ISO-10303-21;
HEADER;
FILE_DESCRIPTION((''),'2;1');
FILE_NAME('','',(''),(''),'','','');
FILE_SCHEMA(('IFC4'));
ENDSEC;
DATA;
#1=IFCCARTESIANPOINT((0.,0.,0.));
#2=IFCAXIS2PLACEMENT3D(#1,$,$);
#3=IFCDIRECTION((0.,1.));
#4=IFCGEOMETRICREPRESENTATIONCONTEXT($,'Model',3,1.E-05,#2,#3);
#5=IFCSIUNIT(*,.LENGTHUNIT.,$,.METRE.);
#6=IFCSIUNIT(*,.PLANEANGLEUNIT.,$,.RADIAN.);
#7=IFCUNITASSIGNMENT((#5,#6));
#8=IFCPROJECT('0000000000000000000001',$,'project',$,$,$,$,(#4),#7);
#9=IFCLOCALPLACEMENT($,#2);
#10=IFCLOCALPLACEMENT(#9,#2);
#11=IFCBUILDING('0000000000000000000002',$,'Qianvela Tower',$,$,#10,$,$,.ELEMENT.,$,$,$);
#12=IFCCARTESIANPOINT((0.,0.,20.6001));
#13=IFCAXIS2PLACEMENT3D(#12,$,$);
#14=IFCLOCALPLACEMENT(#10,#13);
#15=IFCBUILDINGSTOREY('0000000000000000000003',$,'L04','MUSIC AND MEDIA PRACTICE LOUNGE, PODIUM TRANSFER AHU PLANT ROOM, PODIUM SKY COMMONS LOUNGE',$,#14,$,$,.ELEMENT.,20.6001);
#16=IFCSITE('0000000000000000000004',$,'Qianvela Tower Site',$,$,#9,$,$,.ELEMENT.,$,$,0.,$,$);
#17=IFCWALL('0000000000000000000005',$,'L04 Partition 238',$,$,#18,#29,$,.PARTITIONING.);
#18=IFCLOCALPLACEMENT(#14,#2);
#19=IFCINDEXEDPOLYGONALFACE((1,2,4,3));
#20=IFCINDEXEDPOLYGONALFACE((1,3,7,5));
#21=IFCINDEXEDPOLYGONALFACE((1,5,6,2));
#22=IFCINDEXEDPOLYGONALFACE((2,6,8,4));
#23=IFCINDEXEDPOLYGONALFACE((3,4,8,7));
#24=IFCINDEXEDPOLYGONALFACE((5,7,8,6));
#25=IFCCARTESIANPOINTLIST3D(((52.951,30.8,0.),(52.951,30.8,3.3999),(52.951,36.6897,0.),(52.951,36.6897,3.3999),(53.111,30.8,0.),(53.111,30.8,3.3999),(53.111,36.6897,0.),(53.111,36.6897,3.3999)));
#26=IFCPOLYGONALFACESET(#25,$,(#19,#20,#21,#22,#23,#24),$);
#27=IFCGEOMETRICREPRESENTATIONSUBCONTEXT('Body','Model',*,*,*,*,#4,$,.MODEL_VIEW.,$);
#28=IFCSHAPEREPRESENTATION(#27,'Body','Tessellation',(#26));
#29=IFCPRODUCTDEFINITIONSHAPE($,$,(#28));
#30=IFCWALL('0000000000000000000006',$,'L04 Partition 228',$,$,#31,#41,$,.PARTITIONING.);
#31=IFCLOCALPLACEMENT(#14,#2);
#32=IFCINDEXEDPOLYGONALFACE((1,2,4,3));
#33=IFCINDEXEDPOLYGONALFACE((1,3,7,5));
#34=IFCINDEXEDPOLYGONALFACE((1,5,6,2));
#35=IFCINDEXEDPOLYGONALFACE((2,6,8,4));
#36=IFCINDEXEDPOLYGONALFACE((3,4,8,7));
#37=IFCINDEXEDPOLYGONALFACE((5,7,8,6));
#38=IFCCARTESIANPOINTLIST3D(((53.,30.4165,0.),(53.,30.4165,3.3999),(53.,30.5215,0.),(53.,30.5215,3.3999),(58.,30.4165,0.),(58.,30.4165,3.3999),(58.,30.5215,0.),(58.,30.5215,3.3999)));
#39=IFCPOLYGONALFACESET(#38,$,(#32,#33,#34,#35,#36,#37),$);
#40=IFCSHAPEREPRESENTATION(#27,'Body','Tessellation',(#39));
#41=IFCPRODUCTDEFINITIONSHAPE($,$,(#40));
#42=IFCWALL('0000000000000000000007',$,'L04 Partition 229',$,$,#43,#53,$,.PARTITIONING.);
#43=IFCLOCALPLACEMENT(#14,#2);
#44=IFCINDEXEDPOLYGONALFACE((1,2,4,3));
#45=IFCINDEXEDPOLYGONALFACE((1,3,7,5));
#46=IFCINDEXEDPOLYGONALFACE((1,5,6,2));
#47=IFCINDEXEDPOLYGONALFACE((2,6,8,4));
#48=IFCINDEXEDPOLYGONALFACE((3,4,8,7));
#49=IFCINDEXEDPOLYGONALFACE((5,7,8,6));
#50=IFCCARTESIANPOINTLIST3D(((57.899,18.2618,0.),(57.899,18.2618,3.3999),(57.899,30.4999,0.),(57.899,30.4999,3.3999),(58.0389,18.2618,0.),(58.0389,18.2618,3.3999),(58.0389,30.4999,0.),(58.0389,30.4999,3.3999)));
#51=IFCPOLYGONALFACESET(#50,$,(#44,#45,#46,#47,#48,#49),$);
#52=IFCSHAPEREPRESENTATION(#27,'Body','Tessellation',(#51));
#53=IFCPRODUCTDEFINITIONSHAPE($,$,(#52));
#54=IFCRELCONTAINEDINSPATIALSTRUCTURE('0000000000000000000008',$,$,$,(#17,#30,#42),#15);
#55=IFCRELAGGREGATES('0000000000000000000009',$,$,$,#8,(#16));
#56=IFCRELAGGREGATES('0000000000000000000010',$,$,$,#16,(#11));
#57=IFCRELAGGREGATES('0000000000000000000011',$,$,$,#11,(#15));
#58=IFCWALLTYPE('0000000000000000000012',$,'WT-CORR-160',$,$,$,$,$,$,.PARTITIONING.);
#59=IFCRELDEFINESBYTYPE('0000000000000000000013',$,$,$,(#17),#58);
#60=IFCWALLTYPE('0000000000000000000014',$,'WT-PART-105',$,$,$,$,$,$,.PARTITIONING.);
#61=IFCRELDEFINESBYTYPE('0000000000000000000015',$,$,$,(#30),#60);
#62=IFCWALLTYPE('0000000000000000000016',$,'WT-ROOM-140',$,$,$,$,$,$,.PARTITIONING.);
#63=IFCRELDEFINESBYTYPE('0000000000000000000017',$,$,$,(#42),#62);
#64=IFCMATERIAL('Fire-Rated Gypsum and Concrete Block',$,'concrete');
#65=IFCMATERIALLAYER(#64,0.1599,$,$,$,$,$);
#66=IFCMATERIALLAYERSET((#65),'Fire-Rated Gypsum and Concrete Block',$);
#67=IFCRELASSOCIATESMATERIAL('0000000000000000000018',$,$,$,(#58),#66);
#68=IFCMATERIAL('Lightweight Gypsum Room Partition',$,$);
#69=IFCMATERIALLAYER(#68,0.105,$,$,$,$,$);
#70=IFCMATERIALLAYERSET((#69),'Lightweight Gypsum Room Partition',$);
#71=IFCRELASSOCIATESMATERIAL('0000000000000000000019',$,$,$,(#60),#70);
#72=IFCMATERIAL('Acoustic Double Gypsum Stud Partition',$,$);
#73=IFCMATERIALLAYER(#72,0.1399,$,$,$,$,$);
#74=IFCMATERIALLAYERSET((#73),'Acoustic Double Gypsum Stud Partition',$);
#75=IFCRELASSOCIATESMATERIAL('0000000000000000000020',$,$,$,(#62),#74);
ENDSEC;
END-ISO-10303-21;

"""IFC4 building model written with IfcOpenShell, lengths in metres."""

from ifc_helpers import new_model, si_unit, direction, frame, frame_2d, origin, place, context, subcontext, project, spatial, rectangle, extrude, material, layer, layer_set, type_object, element, save


model = new_model("IFC4")

# Units and contexts
model_context = context("Model", 3, precision=1e-05, world=origin(), true_north=direction((0.0, 1.0)))
body_context = subcontext(model_context, "Body", "Model", "MODEL_VIEW")
ifc_project = project(units=[si_unit("LENGTHUNIT", "METRE"), si_unit("PLANEANGLEUNIT", "RADIAN")], contexts=[model_context])

# Site, building, storey
site_placement = place(None, origin())
site = spatial("IfcSite", under=ifc_project, at=site_placement, Name="Qianvela Tower Site", CompositionType="ELEMENT", RefElevation=0.0)
building_placement = place(site_placement, origin())
building = spatial("IfcBuilding", under=site, at=building_placement, Name="Qianvela Tower", CompositionType="ELEMENT")
storey_placement = place(building_placement, frame((0.0, 0.0, 20.6001)))
storey = spatial("IfcBuildingStorey", under=building, at=storey_placement, Name="L04", Description="MUSIC AND MEDIA PRACTICE LOUNGE, PODIUM TRANSFER AHU PLANT ROOM, PODIUM SKY COMMONS LOUNGE", CompositionType="ELEMENT", Elevation=20.6001)

# Shared definitions
ifc_material_1 = material(Name="Fire-Rated Gypsum and Concrete Block", Category="concrete")
ifc_layer_1 = layer(ifc_material_1, 0.1599)
ifc_layer_set_1 = layer_set([ifc_layer_1], Name="Fire-Rated Gypsum and Concrete Block")
wall_type_1 = type_object("IfcWallType", Name="WT-CORR-160", PredefinedType="PARTITIONING", material=ifc_layer_set_1)

# Walls
wall_1_placement = place(storey_placement, frame((53.031, 30.8, 0.0), z_axis=(0.0, 0.0, 1.0), x_axis=(0.0, 1.0, 0.0)))
element("IfcWall", 1, at=wall_1_placement, inside=storey, type_object=wall_type_1, Name="L04 Partition 238", PredefinedType="PARTITIONING", context=body_context, shape_type="SweptSolid", body=[
    extrude(rectangle(XDim=5.8896, YDim=0.1599, at=frame_2d((2.9448, 0.0))), origin(), (0.0, 0.0, 1.0), 3.3999),
])
ifc_material_2 = material(Name="Lightweight Gypsum Room Partition")
ifc_layer_2 = layer(ifc_material_2, 0.105)
ifc_layer_set_2 = layer_set([ifc_layer_2], Name="Lightweight Gypsum Room Partition")
wall_type_2 = type_object("IfcWallType", Name="WT-PART-105", PredefinedType="PARTITIONING", material=ifc_layer_set_2)
wall_2_placement = place(storey_placement, frame((53.0, 30.469, 0.0), z_axis=(0.0, 0.0, 1.0), x_axis=(1.0, 0.0, 0.0)))
element("IfcWall", 2, at=wall_2_placement, inside=storey, type_object=wall_type_2, Name="L04 Partition 228", PredefinedType="PARTITIONING", context=body_context, shape_type="SweptSolid", body=[
    extrude(rectangle(XDim=5.0, YDim=0.105, at=frame_2d((2.5, 0.0))), origin(), (0.0, 0.0, 1.0), 3.3999),
])
ifc_material_3 = material(Name="Acoustic Double Gypsum Stud Partition")
ifc_layer_3 = layer(ifc_material_3, 0.1399)
ifc_layer_set_3 = layer_set([ifc_layer_3], Name="Acoustic Double Gypsum Stud Partition")
wall_type_3 = type_object("IfcWallType", Name="WT-ROOM-140", PredefinedType="PARTITIONING", material=ifc_layer_set_3)
wall_3_placement = place(storey_placement, frame((57.969, 30.5, 0.0), z_axis=(0.0, 0.0, 1.0), x_axis=(0.0, -1.0, 0.0)))
element("IfcWall", 3, at=wall_3_placement, inside=storey, type_object=wall_type_3, Name="L04 Partition 229", PredefinedType="PARTITIONING", context=body_context, shape_type="SweptSolid", body=[
    extrude(rectangle(XDim=12.238, YDim=0.1399, at=frame_2d((6.1191, 0.0))), origin(), (0.0, 0.0, 1.0), 3.3999),
])

save(model, "model.ifc")
